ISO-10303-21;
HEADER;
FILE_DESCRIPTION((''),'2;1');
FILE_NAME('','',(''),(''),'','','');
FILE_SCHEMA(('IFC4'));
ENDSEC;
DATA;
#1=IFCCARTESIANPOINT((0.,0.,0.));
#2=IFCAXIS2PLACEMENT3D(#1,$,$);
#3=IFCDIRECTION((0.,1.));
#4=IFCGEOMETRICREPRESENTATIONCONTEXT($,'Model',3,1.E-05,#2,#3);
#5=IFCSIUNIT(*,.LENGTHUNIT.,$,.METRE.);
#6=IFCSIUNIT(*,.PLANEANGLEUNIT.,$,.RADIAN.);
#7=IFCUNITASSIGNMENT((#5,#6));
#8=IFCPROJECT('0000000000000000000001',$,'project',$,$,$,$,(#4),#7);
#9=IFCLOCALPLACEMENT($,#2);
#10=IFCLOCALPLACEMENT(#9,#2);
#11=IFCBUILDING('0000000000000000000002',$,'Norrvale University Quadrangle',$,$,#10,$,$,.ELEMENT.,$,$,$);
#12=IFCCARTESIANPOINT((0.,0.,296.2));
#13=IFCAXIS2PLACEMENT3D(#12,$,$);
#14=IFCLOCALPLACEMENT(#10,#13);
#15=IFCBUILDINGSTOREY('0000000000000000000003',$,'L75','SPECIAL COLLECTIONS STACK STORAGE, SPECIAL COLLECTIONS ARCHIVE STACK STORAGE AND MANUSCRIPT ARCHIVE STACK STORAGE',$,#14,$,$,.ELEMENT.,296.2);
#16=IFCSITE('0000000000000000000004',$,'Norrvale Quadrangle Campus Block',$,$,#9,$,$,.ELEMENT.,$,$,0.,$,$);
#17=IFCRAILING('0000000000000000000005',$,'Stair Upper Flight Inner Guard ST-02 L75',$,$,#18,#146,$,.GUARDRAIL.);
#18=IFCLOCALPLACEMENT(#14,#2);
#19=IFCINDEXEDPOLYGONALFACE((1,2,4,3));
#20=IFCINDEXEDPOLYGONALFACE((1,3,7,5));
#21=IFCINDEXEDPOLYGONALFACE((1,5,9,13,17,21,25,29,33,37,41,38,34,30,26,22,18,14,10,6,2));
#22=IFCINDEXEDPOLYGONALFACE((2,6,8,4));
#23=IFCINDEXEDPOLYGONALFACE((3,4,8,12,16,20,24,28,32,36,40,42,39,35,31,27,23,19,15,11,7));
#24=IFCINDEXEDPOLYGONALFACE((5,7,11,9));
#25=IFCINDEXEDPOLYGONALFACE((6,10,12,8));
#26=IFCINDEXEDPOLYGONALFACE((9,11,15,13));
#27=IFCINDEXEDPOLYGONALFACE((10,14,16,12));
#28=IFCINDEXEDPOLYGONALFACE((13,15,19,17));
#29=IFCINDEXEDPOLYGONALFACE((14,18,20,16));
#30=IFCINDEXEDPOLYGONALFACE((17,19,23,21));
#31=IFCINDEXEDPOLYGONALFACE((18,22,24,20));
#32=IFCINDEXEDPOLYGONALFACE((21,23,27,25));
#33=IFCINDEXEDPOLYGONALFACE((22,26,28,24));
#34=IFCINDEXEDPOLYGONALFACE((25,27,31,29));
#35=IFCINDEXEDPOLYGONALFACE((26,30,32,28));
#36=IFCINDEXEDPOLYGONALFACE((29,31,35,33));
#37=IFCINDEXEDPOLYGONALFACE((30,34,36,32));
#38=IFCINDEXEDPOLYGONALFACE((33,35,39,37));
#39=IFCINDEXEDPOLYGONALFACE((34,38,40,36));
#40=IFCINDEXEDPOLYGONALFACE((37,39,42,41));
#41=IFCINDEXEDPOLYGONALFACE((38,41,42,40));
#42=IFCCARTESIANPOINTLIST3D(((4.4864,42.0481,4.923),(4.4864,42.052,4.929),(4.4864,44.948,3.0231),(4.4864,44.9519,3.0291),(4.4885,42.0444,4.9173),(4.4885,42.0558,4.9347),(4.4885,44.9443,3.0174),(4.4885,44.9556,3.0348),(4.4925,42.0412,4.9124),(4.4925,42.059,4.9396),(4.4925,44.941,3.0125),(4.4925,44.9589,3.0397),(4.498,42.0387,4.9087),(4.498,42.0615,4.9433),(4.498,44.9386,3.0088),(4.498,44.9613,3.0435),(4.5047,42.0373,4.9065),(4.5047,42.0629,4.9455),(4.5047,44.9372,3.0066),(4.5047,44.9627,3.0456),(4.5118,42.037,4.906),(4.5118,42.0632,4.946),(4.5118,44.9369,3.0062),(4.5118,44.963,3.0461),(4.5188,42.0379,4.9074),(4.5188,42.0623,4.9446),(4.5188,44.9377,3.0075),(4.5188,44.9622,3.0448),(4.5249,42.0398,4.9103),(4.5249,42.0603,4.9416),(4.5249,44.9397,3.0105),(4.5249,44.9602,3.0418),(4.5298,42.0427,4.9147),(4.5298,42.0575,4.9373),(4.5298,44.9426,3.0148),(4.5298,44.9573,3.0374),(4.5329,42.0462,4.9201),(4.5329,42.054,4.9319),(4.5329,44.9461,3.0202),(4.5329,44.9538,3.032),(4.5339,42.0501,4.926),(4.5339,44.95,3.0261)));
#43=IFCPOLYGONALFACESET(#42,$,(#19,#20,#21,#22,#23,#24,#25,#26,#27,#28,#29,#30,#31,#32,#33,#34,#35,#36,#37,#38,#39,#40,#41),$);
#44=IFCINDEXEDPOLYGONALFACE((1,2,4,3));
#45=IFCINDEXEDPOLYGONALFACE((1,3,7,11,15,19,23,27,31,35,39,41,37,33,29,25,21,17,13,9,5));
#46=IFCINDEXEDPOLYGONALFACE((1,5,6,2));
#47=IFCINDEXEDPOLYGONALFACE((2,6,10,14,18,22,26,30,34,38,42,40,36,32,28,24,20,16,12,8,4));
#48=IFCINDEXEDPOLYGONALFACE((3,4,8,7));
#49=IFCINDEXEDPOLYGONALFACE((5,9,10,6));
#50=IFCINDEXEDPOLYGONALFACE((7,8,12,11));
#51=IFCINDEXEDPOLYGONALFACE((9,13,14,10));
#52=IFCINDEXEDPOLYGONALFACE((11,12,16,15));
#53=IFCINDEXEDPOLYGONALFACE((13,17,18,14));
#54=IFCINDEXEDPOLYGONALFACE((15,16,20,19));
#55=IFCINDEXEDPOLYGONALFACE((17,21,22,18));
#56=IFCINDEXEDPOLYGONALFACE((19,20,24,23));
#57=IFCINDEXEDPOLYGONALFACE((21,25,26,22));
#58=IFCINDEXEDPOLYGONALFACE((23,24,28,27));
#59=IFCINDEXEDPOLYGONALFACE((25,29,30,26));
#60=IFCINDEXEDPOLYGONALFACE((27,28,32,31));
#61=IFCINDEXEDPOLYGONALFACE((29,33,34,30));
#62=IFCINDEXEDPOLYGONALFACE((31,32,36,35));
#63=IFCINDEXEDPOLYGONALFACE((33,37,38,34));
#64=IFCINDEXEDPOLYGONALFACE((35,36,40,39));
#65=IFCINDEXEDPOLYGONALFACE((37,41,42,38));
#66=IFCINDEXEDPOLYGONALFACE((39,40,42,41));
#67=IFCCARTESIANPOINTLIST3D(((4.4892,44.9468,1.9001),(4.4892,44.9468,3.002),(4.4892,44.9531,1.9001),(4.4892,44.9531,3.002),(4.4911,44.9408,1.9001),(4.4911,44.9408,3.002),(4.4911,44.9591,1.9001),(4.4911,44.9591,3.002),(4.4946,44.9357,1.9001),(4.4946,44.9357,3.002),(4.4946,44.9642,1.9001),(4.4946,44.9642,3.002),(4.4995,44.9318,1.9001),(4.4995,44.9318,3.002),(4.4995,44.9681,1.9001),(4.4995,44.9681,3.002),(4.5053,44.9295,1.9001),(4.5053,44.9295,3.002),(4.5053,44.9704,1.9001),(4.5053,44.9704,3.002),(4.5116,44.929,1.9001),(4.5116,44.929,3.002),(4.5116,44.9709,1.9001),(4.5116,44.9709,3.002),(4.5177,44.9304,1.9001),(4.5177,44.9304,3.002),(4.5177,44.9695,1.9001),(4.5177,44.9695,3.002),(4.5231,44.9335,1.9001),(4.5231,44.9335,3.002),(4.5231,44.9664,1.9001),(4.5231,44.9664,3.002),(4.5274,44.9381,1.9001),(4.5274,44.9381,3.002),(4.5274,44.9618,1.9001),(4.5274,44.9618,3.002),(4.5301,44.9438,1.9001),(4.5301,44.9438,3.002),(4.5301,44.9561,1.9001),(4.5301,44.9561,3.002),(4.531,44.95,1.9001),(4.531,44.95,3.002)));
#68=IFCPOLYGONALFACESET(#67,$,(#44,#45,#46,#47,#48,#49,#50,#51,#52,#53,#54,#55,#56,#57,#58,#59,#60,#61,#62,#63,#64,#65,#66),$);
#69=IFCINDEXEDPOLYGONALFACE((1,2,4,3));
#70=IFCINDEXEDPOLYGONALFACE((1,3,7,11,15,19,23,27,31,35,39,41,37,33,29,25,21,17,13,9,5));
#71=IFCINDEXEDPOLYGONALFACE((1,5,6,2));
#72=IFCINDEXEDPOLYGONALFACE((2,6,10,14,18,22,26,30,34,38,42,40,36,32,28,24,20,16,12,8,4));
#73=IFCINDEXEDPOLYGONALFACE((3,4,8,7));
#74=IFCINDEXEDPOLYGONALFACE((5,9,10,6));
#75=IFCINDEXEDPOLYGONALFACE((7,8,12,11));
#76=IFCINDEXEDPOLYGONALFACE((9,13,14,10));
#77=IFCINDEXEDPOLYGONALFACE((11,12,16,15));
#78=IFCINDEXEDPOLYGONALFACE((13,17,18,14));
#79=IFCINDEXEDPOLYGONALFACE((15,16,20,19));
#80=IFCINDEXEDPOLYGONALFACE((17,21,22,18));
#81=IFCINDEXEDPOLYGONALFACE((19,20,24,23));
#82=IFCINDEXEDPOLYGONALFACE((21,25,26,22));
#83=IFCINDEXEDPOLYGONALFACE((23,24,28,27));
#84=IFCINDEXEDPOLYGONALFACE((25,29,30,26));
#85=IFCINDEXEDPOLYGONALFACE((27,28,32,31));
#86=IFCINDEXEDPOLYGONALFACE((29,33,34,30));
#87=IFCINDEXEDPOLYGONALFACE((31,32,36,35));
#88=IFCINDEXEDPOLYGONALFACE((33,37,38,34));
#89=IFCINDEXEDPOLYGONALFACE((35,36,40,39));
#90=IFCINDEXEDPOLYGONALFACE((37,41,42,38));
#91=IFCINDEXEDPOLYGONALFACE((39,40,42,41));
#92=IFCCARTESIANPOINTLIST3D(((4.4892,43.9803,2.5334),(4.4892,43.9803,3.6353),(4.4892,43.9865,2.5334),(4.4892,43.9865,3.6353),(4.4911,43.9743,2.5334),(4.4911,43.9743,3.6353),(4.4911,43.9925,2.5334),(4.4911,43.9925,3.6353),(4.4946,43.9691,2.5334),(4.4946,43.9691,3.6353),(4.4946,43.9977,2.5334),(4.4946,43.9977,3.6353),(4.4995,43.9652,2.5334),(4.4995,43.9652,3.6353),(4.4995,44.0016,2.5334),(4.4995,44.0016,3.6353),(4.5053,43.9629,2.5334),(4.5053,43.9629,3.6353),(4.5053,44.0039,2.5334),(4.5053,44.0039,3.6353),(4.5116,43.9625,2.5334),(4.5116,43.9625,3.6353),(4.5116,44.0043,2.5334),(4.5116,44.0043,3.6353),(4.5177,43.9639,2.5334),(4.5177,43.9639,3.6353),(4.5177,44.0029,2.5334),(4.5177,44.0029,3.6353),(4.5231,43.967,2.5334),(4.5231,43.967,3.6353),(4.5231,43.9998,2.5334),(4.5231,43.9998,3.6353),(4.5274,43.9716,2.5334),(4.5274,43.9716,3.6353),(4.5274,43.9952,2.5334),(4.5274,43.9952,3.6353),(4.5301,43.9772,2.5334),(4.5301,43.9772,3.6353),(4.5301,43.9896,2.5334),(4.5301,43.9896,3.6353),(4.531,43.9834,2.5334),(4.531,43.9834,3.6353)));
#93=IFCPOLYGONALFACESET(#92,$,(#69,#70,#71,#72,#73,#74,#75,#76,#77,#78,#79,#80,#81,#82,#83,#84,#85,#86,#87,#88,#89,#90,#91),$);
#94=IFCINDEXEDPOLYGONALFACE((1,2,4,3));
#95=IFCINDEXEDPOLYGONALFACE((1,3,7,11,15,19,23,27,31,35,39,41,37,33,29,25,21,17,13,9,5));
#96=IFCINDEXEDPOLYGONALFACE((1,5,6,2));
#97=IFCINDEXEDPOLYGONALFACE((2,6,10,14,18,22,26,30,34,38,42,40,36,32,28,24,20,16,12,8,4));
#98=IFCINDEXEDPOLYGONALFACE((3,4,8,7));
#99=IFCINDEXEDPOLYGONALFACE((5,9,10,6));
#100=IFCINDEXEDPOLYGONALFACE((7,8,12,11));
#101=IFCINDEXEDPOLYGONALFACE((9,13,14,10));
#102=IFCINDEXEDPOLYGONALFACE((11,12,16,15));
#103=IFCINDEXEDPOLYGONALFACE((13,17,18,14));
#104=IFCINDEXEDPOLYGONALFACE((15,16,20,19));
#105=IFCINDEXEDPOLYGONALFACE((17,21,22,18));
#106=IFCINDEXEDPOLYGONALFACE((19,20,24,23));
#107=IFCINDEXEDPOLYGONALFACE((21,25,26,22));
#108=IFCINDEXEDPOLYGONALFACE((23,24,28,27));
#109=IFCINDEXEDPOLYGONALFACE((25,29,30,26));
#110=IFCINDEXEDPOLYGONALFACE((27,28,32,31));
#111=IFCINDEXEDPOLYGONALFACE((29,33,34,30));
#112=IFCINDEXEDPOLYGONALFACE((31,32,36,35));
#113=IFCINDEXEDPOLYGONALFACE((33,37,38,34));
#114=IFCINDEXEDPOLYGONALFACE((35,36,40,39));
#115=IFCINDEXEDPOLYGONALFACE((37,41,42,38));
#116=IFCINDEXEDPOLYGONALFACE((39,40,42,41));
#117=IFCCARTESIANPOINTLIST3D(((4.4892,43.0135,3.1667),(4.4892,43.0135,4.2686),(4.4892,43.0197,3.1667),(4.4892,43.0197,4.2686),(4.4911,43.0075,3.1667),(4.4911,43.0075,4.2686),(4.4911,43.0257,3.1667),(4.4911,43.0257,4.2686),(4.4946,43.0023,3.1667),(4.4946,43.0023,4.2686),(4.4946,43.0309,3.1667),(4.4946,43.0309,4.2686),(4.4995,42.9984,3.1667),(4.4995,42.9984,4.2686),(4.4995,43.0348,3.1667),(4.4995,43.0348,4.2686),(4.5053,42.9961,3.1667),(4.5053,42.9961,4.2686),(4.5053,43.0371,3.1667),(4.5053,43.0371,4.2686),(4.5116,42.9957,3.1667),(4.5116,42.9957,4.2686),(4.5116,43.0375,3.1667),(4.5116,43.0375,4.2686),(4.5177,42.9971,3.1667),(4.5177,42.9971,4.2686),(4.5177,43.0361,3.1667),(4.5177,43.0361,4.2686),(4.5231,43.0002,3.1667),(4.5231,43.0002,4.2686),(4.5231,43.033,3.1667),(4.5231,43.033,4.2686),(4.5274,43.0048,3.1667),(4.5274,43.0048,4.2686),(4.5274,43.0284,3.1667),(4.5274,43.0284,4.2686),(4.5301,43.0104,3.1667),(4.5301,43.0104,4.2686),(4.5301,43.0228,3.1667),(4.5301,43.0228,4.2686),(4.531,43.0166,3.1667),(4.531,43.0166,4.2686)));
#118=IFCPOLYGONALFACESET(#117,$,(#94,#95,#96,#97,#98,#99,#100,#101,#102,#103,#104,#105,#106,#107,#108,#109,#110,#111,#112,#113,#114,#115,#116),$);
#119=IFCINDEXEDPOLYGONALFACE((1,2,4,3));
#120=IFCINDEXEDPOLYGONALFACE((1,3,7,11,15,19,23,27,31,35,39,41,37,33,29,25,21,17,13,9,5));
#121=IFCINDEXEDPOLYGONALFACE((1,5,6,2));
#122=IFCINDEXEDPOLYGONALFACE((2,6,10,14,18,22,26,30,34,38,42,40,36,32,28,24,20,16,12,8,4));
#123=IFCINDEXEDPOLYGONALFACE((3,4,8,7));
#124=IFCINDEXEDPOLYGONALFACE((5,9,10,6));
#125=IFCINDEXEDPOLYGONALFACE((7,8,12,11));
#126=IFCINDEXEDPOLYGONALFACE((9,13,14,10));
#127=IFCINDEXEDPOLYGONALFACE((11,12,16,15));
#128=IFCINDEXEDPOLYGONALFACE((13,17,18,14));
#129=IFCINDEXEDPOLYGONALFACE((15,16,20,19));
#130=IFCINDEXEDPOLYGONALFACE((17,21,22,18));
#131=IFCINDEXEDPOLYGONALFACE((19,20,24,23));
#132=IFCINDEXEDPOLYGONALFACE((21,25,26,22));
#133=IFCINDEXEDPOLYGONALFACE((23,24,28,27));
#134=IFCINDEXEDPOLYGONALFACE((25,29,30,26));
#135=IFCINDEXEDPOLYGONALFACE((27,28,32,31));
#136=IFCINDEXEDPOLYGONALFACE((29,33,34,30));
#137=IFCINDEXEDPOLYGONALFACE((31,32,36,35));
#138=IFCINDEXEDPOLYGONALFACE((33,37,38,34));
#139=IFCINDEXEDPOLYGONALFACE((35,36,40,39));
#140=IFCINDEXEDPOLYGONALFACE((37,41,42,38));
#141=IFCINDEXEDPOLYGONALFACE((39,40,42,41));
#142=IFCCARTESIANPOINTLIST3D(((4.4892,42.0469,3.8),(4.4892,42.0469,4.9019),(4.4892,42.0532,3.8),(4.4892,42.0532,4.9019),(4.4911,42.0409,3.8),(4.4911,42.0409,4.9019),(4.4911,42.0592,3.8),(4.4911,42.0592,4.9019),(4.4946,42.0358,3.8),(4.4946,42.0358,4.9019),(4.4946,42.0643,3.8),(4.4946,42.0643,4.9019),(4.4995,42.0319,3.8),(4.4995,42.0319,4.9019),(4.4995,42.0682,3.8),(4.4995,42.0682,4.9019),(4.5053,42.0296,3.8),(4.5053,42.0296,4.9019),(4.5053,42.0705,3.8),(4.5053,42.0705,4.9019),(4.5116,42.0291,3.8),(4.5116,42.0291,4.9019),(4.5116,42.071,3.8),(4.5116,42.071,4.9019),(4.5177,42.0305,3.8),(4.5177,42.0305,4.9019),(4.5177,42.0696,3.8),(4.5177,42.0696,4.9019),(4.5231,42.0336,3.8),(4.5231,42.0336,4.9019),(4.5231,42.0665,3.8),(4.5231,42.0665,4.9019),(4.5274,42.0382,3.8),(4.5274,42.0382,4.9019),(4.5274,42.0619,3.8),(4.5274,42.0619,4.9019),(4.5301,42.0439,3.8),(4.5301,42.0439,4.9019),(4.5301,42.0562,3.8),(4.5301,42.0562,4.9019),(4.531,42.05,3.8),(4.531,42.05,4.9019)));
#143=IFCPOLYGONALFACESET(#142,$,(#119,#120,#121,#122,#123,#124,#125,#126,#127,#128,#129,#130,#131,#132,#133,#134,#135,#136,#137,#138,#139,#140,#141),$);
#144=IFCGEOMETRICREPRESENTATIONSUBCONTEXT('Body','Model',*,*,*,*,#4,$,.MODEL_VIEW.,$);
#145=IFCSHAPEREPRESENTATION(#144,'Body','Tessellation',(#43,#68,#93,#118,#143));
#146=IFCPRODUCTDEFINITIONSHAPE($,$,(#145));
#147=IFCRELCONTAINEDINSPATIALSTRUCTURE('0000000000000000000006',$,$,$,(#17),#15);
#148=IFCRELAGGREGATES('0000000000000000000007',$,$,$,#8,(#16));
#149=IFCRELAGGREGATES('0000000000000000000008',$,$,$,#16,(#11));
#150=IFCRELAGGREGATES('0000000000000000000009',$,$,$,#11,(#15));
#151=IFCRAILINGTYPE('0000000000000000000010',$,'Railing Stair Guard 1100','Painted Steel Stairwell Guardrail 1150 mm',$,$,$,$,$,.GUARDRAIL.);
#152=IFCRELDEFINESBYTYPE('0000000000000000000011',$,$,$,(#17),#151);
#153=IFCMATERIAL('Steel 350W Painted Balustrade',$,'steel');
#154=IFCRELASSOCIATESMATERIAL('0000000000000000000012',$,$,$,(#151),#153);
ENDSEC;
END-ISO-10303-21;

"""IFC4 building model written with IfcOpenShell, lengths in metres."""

from ifc_helpers import new_model, si_unit, direction, frame, origin, origin_2d, place, context, subcontext, project, spatial, circle, extrude, material, type_object, element, save


model = new_model("IFC4")

# Units and contexts
model_context = context("Model", 3, precision=1e-05, world=origin(), true_north=direction((0.0, 1.0)))
body_context = subcontext(model_context, "Body", "Model", "MODEL_VIEW")
ifc_project = project(units=[si_unit("LENGTHUNIT", "METRE"), si_unit("PLANEANGLEUNIT", "RADIAN")], contexts=[model_context])

# Site, building, storey
site_placement = place(None, origin())
site = spatial("IfcSite", under=ifc_project, at=site_placement, Name="Norrvale Quadrangle Campus Block", CompositionType="ELEMENT", RefElevation=0.0)
building_placement = place(site_placement, origin())
building = spatial("IfcBuilding", under=site, at=building_placement, Name="Norrvale University Quadrangle", CompositionType="ELEMENT")
storey_placement = place(building_placement, frame((0.0, 0.0, 296.2)))
storey = spatial("IfcBuildingStorey", under=building, at=storey_placement, Name="L75", Description="SPECIAL COLLECTIONS STACK STORAGE, SPECIAL COLLECTIONS ARCHIVE STACK STORAGE AND MANUSCRIPT ARCHIVE STACK STORAGE", CompositionType="ELEMENT", Elevation=296.2)

# Railing
ifc_material_1 = material(Name="Steel 350W Painted Balustrade", Category="steel")
railing_type_1 = type_object("IfcRailingType", Name="Railing Stair Guard 1100", Description="Painted Steel Stairwell Guardrail 1150 mm", PredefinedType="GUARDRAIL", material=ifc_material_1)
railing_1_placement = place(storey_placement, frame((4.51, 44.95, 1.9001)))
element("IfcRailing", 1, at=railing_1_placement, inside=storey, type_object=railing_type_1, Name="Stair Upper Flight Inner Guard ST-02 L75", PredefinedType="GUARDRAIL", context=body_context, shape_type="SweptSolid", body=[
    extrude(circle(Radius=0.0239, at=origin_2d()), frame((0.0, 0.0, 1.126), z_axis=(0.0, -0.836466, 0.548019), x_axis=(1.0, 0.0, 0.0)), (0.0, 0.0, 1.0), 3.4668),
    extrude(circle(Radius=0.021, at=origin_2d()), origin(), (0.0, 0.0, 1.0), 1.1018),
    extrude(circle(Radius=0.021, at=origin_2d()), frame((0.0, -0.9666, 0.6333)), (0.0, 0.0, 1.0), 1.1018),
    extrude(circle(Radius=0.021, at=origin_2d()), frame((0.0, -1.9333, 1.2666)), (0.0, 0.0, 1.0), 1.1018),
    extrude(circle(Radius=0.021, at=origin_2d()), frame((0.0, -2.8999, 1.8999)), (0.0, 0.0, 1.0), 1.1018),
])

save(model, "model.ifc")
